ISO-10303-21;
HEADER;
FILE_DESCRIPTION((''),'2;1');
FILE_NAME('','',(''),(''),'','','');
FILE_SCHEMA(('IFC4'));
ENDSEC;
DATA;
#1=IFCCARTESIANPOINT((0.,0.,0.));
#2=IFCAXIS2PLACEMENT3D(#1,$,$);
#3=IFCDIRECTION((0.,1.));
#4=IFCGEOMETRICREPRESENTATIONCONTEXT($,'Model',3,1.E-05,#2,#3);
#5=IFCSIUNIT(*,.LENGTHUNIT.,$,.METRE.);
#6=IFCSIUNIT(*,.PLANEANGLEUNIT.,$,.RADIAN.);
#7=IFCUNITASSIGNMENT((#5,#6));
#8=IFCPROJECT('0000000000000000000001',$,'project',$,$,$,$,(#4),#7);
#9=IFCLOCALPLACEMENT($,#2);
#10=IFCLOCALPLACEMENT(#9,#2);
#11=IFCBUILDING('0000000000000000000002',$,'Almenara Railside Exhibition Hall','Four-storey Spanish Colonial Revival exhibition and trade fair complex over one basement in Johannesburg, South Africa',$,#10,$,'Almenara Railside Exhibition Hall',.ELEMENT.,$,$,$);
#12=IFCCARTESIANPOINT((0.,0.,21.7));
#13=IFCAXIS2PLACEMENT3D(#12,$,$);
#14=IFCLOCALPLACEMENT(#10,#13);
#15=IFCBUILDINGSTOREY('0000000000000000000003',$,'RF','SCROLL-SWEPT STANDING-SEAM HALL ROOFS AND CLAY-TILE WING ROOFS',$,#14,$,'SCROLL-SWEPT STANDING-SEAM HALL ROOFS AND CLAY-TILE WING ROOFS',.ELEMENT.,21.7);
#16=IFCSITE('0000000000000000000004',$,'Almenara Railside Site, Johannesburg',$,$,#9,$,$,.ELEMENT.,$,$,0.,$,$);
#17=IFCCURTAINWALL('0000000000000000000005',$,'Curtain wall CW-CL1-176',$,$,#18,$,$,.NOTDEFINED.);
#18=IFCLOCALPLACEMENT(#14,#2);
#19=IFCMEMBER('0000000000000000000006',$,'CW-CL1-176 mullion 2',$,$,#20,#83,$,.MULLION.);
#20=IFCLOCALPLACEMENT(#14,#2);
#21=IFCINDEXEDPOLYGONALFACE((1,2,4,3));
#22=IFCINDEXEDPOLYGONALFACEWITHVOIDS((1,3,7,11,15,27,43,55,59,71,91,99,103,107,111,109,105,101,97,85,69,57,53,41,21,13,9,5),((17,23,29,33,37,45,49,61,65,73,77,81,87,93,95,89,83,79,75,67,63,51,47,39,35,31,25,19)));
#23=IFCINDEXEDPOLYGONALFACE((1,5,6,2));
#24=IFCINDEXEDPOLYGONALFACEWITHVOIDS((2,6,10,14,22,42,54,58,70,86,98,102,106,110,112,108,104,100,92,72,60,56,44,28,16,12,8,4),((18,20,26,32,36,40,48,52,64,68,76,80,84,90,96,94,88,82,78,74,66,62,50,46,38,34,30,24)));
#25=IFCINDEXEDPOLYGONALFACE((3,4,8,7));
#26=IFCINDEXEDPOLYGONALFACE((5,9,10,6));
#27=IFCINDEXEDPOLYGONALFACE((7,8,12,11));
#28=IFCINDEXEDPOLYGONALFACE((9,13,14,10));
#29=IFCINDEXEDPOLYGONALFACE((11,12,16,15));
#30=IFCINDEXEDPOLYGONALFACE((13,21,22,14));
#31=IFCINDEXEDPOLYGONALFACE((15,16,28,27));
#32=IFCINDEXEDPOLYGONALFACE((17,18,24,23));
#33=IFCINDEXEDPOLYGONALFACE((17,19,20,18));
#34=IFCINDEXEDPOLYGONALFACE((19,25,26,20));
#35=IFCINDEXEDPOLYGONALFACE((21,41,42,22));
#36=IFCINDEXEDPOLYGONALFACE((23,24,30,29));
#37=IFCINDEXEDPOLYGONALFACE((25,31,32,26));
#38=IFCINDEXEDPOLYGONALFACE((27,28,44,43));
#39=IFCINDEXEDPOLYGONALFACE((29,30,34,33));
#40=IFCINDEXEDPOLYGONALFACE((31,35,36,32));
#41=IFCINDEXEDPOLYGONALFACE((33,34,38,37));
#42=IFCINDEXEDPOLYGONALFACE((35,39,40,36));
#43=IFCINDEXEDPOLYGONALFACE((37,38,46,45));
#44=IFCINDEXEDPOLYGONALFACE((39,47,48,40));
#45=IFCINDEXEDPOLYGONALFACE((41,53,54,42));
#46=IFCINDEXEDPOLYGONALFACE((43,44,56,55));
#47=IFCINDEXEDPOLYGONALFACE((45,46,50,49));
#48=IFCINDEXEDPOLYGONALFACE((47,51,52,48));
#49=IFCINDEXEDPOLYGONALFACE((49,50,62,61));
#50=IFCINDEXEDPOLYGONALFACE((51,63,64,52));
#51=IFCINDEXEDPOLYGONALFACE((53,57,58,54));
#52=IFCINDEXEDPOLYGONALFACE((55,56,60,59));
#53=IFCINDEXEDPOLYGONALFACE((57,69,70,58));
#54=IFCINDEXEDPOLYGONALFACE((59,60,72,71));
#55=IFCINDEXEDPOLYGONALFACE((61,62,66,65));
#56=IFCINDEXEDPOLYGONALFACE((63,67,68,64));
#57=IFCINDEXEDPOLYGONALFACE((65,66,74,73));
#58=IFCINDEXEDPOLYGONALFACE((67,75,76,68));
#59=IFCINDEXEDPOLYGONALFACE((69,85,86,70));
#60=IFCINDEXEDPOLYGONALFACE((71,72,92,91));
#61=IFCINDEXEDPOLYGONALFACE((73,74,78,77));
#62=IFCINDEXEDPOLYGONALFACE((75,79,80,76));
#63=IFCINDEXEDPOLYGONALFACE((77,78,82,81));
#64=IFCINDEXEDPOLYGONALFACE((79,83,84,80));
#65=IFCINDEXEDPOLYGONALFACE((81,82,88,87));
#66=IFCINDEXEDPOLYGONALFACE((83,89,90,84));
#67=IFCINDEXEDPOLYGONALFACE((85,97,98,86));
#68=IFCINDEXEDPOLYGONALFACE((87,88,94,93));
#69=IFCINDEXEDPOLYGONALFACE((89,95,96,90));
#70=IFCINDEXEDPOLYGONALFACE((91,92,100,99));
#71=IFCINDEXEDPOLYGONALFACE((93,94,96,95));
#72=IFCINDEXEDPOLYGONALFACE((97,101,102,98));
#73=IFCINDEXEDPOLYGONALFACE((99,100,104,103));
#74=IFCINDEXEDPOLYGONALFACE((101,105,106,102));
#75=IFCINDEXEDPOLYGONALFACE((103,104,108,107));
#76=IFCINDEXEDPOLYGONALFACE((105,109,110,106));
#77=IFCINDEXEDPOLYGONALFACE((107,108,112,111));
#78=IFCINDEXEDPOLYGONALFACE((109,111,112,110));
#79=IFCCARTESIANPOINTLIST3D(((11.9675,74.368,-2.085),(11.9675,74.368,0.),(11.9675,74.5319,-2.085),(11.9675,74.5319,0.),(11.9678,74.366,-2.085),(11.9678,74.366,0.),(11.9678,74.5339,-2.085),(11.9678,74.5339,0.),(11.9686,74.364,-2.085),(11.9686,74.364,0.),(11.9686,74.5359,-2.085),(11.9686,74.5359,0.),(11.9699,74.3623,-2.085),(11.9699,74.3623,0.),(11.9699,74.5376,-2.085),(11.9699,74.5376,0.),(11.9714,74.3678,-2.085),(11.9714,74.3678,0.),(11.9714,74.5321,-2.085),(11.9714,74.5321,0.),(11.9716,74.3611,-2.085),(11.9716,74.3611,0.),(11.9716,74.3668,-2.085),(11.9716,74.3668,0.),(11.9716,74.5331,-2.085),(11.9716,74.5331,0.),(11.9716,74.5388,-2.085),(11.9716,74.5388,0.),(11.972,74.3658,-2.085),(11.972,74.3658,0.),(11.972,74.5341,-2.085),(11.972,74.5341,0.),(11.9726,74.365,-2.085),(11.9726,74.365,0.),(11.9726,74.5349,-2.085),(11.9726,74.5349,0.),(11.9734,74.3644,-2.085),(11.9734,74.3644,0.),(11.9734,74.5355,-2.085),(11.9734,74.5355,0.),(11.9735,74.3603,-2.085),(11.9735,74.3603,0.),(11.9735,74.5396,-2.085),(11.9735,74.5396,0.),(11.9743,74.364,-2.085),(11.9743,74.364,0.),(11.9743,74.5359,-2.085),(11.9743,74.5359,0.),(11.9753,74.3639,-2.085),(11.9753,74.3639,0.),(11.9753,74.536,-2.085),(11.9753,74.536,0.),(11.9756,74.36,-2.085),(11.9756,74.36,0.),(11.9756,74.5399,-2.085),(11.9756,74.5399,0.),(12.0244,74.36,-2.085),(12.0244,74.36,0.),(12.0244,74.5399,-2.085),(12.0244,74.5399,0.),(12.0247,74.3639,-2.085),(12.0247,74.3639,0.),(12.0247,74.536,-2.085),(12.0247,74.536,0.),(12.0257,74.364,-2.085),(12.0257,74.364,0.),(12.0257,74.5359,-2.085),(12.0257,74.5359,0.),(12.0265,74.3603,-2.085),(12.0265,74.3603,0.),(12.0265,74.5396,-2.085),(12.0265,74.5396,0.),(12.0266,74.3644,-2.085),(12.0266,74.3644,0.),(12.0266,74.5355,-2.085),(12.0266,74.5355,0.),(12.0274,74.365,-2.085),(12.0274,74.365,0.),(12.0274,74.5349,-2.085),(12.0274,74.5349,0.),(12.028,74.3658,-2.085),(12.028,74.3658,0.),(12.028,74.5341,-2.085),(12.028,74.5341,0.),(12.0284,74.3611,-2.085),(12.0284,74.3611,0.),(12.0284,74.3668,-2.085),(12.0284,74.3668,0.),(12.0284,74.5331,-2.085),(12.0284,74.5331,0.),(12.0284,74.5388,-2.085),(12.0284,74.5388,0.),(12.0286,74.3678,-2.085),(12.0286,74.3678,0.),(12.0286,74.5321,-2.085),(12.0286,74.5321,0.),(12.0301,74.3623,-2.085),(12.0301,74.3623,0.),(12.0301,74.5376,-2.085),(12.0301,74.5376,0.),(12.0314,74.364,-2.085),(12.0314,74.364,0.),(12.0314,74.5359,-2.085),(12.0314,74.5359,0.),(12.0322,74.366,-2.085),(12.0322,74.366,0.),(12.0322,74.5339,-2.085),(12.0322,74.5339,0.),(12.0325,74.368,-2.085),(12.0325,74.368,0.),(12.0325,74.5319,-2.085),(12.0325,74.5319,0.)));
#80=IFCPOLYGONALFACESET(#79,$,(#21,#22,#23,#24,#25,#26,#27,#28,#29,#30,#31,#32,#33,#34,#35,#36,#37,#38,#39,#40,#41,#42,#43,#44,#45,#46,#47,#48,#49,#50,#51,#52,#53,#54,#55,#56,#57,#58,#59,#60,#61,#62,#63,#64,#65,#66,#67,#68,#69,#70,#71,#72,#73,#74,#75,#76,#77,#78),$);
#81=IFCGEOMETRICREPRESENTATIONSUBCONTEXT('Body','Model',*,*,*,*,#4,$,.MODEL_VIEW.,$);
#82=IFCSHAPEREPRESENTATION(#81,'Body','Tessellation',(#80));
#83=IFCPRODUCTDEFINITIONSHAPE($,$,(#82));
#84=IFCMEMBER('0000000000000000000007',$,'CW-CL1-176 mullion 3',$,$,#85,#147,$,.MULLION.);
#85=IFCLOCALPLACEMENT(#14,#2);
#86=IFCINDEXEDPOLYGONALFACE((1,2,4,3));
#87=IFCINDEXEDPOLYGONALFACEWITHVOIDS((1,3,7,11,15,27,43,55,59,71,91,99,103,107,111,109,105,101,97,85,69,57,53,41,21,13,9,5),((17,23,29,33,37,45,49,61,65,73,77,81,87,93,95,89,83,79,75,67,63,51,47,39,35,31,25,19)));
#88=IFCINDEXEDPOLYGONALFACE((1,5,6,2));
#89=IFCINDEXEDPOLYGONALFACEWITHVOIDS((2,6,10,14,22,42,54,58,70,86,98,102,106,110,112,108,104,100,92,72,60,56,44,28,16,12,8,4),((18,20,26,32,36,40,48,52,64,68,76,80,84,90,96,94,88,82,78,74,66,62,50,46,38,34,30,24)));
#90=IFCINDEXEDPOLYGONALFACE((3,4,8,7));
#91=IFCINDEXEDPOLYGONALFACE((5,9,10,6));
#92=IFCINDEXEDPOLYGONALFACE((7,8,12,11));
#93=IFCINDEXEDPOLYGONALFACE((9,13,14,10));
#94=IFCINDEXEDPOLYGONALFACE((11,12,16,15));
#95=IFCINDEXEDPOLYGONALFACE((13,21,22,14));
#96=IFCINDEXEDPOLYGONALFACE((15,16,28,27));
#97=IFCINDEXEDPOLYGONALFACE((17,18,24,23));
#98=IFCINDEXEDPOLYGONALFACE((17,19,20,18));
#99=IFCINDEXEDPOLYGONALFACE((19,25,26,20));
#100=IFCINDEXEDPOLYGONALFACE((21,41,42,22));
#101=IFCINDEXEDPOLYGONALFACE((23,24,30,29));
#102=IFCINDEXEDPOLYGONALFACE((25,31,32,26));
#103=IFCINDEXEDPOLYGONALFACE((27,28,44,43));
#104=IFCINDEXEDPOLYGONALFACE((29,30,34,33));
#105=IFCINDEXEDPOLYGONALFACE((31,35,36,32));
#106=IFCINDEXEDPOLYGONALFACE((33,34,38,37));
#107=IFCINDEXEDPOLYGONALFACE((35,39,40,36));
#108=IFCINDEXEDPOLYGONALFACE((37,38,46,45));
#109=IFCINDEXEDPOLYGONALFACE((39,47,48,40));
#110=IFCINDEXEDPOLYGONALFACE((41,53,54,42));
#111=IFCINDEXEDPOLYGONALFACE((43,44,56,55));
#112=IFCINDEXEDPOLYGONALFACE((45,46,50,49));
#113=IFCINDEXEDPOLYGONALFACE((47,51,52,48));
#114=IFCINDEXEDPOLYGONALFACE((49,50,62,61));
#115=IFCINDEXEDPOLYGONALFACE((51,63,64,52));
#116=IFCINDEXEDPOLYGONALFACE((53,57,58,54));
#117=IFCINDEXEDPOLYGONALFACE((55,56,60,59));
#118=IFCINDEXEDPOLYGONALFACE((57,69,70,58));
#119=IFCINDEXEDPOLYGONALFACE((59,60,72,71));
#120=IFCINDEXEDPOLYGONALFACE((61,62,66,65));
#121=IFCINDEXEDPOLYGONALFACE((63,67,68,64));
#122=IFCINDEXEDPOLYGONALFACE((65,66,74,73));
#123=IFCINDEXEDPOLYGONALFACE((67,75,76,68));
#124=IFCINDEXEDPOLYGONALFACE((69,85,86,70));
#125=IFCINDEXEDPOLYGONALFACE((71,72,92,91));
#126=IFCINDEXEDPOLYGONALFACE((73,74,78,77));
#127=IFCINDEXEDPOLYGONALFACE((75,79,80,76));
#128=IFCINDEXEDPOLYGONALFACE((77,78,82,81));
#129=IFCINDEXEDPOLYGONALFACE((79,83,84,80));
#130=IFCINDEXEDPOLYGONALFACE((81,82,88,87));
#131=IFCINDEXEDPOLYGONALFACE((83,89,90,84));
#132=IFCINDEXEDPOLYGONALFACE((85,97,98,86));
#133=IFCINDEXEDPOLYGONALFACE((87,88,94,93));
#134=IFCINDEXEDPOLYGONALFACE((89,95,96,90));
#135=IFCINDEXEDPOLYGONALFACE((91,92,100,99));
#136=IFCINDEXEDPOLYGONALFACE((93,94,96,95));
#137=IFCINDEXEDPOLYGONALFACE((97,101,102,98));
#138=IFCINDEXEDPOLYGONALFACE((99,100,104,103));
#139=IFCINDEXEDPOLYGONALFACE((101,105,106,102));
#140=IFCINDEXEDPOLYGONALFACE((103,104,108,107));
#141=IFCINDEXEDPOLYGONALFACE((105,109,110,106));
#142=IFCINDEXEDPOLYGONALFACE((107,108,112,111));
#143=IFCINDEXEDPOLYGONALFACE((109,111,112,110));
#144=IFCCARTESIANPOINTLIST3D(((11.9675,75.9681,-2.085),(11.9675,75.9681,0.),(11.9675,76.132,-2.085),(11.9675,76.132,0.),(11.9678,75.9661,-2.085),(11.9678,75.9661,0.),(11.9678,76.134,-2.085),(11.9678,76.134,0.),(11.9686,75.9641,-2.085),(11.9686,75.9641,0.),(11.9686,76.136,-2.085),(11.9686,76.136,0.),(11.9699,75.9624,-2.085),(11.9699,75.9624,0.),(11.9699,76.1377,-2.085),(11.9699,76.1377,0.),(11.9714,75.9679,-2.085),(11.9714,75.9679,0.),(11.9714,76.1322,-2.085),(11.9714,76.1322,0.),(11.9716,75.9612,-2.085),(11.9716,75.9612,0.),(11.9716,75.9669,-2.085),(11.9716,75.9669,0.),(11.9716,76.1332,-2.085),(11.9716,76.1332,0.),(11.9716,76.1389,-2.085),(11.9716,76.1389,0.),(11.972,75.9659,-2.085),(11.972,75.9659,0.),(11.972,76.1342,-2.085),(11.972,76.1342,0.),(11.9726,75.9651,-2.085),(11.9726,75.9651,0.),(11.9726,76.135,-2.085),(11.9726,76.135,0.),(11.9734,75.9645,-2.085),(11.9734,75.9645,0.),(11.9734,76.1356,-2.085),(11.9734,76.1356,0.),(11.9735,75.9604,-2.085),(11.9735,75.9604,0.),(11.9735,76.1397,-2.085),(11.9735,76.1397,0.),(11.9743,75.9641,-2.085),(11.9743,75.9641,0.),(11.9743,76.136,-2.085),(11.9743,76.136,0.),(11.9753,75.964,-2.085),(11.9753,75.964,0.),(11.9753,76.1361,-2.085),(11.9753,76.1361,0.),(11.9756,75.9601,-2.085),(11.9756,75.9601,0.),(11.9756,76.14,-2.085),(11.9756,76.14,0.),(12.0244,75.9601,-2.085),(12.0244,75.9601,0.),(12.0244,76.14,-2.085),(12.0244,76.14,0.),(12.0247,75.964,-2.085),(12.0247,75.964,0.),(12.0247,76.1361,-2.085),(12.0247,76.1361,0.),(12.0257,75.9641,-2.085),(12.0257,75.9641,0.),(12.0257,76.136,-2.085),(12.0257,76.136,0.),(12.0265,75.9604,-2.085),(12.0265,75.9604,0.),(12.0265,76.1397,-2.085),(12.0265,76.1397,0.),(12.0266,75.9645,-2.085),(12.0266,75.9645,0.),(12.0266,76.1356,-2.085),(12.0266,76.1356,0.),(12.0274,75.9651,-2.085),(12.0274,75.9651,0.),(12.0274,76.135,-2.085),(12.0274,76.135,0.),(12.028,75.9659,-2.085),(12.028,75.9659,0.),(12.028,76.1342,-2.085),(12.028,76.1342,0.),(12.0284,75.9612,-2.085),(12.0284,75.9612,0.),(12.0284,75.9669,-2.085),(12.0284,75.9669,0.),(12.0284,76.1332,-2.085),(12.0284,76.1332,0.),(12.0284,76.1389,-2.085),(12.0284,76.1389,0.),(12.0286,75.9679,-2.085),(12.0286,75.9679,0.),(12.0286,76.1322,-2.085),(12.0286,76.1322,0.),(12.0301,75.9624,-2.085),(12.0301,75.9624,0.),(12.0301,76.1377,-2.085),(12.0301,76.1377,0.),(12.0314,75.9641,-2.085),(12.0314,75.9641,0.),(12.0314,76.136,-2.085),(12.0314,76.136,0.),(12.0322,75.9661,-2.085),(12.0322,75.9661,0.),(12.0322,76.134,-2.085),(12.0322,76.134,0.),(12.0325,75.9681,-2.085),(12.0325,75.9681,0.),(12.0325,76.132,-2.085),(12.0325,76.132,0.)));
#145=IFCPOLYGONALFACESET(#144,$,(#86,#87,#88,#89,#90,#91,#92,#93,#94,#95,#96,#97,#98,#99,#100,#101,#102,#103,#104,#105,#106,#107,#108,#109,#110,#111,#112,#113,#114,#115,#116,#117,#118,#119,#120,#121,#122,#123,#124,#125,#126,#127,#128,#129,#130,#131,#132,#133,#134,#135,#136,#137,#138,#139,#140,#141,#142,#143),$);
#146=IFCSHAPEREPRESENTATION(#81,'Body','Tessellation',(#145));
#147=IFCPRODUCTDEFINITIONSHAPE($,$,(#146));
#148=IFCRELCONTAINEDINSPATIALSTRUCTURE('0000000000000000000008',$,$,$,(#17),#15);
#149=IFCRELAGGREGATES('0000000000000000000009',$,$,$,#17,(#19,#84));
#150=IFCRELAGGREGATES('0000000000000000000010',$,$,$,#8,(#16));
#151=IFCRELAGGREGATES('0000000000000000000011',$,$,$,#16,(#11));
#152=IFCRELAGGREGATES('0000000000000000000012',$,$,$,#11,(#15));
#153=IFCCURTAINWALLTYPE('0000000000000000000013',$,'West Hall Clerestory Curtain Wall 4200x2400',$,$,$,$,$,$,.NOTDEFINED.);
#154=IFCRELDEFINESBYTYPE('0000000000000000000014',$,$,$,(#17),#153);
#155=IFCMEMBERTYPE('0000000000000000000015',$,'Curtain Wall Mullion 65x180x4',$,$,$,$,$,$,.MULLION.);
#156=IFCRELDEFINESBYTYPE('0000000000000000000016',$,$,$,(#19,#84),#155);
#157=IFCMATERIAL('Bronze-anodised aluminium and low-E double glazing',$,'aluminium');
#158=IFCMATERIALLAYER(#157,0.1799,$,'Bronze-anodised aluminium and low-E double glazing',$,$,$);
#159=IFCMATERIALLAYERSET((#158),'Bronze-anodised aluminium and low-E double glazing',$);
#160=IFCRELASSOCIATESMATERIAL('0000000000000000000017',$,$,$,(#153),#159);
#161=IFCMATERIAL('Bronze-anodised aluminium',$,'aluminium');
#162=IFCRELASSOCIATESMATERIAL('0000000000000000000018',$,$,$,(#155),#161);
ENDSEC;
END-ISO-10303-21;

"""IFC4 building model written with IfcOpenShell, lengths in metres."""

from ifc_helpers import new_model, si_unit, direction, frame, origin, origin_2d, place, context, subcontext, project, spatial, hollow_rectangle, extrude, material, layer, layer_set, material_profile, profile_set, type_object, element, aggregate, save


model = new_model("IFC4")

# Units and contexts
model_context = context("Model", 3, precision=1e-05, world=origin(), true_north=direction((0.0, 1.0)))
body_context = subcontext(model_context, "Body", "Model", "MODEL_VIEW")
ifc_project = project(units=[si_unit("LENGTHUNIT", "METRE"), si_unit("PLANEANGLEUNIT", "RADIAN")], contexts=[model_context])

# Site, building, storey
site_placement = place(None, origin())
site = spatial("IfcSite", under=ifc_project, at=site_placement, Name="Almenara Railside Site, Johannesburg", CompositionType="ELEMENT", RefElevation=0.0)
building_placement = place(site_placement, origin())
building = spatial("IfcBuilding", under=site, at=building_placement, Name="Almenara Railside Exhibition Hall", Description="Four-storey Spanish Colonial Revival exhibition and trade fair complex over one basement in Johannesburg, South Africa", LongName="Almenara Railside Exhibition Hall", CompositionType="ELEMENT")
storey_placement = place(building_placement, frame((0.0, 0.0, 21.7)))
storey = spatial("IfcBuildingStorey", under=building, at=storey_placement, Name="RF", Description="SCROLL-SWEPT STANDING-SEAM HALL ROOFS AND CLAY-TILE WING ROOFS", LongName="SCROLL-SWEPT STANDING-SEAM HALL ROOFS AND CLAY-TILE WING ROOFS", CompositionType="ELEMENT", Elevation=21.7)

# Curtain wall, members
ifc_material_1 = material(Name="Bronze-anodised aluminium and low-E double glazing", Category="aluminium")
ifc_layer_1 = layer(ifc_material_1, 0.1799, Name="Bronze-anodised aluminium and low-E double glazing")
ifc_layer_set_1 = layer_set([ifc_layer_1], Name="Bronze-anodised aluminium and low-E double glazing")
curtain_wall_type = type_object("IfcCurtainWallType", Name="West Hall Clerestory Curtain Wall 4200x2400", PredefinedType="NOTDEFINED", material=ifc_layer_set_1)
curtain_wall_placement = place(storey_placement, origin())
curtain_wall = element("IfcCurtainWall", 1, at=curtain_wall_placement, inside=storey, type_object=curtain_wall_type, Name="Curtain wall CW-CL1-176", PredefinedType="NOTDEFINED")
ifc_material_2 = material(Name="Bronze-anodised aluminium", Category="aluminium")
ifc_material_profile_1 = material_profile(ifc_material_2, hollow_rectangle(XDim=0.0649, YDim=0.1799, WallThickness=0.0039, InnerFilletRadius=0.0039, OuterFilletRadius=0.0081, at=origin_2d()), Name="ALU-MUL 65x180x4")
ifc_profile_set_1 = profile_set([ifc_material_profile_1], Name="Bronze-anodised aluminium")
member_type_1 = type_object("IfcMemberType", Name="Curtain Wall Mullion 65x180x4", PredefinedType="MULLION", material=ifc_profile_set_1)
member_1_placement = place(storey_placement, frame((12.0, 74.45, -2.085), z_axis=(0.0, 0.0, 1.0), x_axis=(-1.0, 0.0, 0.0)))
member_1 = element("IfcMember", 2, at=member_1_placement, type_object=member_type_1, Name="CW-CL1-176 mullion 2", PredefinedType="MULLION", context=body_context, shape_type="SweptSolid", body=[
    extrude(hollow_rectangle(XDim=0.0649, YDim=0.1799, WallThickness=0.0039, InnerFilletRadius=0.0039, OuterFilletRadius=0.0081, at=origin_2d()), origin(), (0.0, 0.0, 1.0), 2.085),
])
member_2_placement = place(storey_placement, frame((12.0, 76.05, -2.085), z_axis=(0.0, 0.0, 1.0), x_axis=(-1.0, 0.0, 0.0)))
member_2 = element("IfcMember", 3, at=member_2_placement, type_object=member_type_1, Name="CW-CL1-176 mullion 3", PredefinedType="MULLION", context=body_context, shape_type="SweptSolid", body=[
    extrude(hollow_rectangle(XDim=0.0649, YDim=0.1799, WallThickness=0.0039, InnerFilletRadius=0.0039, OuterFilletRadius=0.0081, at=origin_2d()), origin(), (0.0, 0.0, 1.0), 2.085),
])

aggregate(curtain_wall, [member_1, member_2])

save(model, "model.ifc")
